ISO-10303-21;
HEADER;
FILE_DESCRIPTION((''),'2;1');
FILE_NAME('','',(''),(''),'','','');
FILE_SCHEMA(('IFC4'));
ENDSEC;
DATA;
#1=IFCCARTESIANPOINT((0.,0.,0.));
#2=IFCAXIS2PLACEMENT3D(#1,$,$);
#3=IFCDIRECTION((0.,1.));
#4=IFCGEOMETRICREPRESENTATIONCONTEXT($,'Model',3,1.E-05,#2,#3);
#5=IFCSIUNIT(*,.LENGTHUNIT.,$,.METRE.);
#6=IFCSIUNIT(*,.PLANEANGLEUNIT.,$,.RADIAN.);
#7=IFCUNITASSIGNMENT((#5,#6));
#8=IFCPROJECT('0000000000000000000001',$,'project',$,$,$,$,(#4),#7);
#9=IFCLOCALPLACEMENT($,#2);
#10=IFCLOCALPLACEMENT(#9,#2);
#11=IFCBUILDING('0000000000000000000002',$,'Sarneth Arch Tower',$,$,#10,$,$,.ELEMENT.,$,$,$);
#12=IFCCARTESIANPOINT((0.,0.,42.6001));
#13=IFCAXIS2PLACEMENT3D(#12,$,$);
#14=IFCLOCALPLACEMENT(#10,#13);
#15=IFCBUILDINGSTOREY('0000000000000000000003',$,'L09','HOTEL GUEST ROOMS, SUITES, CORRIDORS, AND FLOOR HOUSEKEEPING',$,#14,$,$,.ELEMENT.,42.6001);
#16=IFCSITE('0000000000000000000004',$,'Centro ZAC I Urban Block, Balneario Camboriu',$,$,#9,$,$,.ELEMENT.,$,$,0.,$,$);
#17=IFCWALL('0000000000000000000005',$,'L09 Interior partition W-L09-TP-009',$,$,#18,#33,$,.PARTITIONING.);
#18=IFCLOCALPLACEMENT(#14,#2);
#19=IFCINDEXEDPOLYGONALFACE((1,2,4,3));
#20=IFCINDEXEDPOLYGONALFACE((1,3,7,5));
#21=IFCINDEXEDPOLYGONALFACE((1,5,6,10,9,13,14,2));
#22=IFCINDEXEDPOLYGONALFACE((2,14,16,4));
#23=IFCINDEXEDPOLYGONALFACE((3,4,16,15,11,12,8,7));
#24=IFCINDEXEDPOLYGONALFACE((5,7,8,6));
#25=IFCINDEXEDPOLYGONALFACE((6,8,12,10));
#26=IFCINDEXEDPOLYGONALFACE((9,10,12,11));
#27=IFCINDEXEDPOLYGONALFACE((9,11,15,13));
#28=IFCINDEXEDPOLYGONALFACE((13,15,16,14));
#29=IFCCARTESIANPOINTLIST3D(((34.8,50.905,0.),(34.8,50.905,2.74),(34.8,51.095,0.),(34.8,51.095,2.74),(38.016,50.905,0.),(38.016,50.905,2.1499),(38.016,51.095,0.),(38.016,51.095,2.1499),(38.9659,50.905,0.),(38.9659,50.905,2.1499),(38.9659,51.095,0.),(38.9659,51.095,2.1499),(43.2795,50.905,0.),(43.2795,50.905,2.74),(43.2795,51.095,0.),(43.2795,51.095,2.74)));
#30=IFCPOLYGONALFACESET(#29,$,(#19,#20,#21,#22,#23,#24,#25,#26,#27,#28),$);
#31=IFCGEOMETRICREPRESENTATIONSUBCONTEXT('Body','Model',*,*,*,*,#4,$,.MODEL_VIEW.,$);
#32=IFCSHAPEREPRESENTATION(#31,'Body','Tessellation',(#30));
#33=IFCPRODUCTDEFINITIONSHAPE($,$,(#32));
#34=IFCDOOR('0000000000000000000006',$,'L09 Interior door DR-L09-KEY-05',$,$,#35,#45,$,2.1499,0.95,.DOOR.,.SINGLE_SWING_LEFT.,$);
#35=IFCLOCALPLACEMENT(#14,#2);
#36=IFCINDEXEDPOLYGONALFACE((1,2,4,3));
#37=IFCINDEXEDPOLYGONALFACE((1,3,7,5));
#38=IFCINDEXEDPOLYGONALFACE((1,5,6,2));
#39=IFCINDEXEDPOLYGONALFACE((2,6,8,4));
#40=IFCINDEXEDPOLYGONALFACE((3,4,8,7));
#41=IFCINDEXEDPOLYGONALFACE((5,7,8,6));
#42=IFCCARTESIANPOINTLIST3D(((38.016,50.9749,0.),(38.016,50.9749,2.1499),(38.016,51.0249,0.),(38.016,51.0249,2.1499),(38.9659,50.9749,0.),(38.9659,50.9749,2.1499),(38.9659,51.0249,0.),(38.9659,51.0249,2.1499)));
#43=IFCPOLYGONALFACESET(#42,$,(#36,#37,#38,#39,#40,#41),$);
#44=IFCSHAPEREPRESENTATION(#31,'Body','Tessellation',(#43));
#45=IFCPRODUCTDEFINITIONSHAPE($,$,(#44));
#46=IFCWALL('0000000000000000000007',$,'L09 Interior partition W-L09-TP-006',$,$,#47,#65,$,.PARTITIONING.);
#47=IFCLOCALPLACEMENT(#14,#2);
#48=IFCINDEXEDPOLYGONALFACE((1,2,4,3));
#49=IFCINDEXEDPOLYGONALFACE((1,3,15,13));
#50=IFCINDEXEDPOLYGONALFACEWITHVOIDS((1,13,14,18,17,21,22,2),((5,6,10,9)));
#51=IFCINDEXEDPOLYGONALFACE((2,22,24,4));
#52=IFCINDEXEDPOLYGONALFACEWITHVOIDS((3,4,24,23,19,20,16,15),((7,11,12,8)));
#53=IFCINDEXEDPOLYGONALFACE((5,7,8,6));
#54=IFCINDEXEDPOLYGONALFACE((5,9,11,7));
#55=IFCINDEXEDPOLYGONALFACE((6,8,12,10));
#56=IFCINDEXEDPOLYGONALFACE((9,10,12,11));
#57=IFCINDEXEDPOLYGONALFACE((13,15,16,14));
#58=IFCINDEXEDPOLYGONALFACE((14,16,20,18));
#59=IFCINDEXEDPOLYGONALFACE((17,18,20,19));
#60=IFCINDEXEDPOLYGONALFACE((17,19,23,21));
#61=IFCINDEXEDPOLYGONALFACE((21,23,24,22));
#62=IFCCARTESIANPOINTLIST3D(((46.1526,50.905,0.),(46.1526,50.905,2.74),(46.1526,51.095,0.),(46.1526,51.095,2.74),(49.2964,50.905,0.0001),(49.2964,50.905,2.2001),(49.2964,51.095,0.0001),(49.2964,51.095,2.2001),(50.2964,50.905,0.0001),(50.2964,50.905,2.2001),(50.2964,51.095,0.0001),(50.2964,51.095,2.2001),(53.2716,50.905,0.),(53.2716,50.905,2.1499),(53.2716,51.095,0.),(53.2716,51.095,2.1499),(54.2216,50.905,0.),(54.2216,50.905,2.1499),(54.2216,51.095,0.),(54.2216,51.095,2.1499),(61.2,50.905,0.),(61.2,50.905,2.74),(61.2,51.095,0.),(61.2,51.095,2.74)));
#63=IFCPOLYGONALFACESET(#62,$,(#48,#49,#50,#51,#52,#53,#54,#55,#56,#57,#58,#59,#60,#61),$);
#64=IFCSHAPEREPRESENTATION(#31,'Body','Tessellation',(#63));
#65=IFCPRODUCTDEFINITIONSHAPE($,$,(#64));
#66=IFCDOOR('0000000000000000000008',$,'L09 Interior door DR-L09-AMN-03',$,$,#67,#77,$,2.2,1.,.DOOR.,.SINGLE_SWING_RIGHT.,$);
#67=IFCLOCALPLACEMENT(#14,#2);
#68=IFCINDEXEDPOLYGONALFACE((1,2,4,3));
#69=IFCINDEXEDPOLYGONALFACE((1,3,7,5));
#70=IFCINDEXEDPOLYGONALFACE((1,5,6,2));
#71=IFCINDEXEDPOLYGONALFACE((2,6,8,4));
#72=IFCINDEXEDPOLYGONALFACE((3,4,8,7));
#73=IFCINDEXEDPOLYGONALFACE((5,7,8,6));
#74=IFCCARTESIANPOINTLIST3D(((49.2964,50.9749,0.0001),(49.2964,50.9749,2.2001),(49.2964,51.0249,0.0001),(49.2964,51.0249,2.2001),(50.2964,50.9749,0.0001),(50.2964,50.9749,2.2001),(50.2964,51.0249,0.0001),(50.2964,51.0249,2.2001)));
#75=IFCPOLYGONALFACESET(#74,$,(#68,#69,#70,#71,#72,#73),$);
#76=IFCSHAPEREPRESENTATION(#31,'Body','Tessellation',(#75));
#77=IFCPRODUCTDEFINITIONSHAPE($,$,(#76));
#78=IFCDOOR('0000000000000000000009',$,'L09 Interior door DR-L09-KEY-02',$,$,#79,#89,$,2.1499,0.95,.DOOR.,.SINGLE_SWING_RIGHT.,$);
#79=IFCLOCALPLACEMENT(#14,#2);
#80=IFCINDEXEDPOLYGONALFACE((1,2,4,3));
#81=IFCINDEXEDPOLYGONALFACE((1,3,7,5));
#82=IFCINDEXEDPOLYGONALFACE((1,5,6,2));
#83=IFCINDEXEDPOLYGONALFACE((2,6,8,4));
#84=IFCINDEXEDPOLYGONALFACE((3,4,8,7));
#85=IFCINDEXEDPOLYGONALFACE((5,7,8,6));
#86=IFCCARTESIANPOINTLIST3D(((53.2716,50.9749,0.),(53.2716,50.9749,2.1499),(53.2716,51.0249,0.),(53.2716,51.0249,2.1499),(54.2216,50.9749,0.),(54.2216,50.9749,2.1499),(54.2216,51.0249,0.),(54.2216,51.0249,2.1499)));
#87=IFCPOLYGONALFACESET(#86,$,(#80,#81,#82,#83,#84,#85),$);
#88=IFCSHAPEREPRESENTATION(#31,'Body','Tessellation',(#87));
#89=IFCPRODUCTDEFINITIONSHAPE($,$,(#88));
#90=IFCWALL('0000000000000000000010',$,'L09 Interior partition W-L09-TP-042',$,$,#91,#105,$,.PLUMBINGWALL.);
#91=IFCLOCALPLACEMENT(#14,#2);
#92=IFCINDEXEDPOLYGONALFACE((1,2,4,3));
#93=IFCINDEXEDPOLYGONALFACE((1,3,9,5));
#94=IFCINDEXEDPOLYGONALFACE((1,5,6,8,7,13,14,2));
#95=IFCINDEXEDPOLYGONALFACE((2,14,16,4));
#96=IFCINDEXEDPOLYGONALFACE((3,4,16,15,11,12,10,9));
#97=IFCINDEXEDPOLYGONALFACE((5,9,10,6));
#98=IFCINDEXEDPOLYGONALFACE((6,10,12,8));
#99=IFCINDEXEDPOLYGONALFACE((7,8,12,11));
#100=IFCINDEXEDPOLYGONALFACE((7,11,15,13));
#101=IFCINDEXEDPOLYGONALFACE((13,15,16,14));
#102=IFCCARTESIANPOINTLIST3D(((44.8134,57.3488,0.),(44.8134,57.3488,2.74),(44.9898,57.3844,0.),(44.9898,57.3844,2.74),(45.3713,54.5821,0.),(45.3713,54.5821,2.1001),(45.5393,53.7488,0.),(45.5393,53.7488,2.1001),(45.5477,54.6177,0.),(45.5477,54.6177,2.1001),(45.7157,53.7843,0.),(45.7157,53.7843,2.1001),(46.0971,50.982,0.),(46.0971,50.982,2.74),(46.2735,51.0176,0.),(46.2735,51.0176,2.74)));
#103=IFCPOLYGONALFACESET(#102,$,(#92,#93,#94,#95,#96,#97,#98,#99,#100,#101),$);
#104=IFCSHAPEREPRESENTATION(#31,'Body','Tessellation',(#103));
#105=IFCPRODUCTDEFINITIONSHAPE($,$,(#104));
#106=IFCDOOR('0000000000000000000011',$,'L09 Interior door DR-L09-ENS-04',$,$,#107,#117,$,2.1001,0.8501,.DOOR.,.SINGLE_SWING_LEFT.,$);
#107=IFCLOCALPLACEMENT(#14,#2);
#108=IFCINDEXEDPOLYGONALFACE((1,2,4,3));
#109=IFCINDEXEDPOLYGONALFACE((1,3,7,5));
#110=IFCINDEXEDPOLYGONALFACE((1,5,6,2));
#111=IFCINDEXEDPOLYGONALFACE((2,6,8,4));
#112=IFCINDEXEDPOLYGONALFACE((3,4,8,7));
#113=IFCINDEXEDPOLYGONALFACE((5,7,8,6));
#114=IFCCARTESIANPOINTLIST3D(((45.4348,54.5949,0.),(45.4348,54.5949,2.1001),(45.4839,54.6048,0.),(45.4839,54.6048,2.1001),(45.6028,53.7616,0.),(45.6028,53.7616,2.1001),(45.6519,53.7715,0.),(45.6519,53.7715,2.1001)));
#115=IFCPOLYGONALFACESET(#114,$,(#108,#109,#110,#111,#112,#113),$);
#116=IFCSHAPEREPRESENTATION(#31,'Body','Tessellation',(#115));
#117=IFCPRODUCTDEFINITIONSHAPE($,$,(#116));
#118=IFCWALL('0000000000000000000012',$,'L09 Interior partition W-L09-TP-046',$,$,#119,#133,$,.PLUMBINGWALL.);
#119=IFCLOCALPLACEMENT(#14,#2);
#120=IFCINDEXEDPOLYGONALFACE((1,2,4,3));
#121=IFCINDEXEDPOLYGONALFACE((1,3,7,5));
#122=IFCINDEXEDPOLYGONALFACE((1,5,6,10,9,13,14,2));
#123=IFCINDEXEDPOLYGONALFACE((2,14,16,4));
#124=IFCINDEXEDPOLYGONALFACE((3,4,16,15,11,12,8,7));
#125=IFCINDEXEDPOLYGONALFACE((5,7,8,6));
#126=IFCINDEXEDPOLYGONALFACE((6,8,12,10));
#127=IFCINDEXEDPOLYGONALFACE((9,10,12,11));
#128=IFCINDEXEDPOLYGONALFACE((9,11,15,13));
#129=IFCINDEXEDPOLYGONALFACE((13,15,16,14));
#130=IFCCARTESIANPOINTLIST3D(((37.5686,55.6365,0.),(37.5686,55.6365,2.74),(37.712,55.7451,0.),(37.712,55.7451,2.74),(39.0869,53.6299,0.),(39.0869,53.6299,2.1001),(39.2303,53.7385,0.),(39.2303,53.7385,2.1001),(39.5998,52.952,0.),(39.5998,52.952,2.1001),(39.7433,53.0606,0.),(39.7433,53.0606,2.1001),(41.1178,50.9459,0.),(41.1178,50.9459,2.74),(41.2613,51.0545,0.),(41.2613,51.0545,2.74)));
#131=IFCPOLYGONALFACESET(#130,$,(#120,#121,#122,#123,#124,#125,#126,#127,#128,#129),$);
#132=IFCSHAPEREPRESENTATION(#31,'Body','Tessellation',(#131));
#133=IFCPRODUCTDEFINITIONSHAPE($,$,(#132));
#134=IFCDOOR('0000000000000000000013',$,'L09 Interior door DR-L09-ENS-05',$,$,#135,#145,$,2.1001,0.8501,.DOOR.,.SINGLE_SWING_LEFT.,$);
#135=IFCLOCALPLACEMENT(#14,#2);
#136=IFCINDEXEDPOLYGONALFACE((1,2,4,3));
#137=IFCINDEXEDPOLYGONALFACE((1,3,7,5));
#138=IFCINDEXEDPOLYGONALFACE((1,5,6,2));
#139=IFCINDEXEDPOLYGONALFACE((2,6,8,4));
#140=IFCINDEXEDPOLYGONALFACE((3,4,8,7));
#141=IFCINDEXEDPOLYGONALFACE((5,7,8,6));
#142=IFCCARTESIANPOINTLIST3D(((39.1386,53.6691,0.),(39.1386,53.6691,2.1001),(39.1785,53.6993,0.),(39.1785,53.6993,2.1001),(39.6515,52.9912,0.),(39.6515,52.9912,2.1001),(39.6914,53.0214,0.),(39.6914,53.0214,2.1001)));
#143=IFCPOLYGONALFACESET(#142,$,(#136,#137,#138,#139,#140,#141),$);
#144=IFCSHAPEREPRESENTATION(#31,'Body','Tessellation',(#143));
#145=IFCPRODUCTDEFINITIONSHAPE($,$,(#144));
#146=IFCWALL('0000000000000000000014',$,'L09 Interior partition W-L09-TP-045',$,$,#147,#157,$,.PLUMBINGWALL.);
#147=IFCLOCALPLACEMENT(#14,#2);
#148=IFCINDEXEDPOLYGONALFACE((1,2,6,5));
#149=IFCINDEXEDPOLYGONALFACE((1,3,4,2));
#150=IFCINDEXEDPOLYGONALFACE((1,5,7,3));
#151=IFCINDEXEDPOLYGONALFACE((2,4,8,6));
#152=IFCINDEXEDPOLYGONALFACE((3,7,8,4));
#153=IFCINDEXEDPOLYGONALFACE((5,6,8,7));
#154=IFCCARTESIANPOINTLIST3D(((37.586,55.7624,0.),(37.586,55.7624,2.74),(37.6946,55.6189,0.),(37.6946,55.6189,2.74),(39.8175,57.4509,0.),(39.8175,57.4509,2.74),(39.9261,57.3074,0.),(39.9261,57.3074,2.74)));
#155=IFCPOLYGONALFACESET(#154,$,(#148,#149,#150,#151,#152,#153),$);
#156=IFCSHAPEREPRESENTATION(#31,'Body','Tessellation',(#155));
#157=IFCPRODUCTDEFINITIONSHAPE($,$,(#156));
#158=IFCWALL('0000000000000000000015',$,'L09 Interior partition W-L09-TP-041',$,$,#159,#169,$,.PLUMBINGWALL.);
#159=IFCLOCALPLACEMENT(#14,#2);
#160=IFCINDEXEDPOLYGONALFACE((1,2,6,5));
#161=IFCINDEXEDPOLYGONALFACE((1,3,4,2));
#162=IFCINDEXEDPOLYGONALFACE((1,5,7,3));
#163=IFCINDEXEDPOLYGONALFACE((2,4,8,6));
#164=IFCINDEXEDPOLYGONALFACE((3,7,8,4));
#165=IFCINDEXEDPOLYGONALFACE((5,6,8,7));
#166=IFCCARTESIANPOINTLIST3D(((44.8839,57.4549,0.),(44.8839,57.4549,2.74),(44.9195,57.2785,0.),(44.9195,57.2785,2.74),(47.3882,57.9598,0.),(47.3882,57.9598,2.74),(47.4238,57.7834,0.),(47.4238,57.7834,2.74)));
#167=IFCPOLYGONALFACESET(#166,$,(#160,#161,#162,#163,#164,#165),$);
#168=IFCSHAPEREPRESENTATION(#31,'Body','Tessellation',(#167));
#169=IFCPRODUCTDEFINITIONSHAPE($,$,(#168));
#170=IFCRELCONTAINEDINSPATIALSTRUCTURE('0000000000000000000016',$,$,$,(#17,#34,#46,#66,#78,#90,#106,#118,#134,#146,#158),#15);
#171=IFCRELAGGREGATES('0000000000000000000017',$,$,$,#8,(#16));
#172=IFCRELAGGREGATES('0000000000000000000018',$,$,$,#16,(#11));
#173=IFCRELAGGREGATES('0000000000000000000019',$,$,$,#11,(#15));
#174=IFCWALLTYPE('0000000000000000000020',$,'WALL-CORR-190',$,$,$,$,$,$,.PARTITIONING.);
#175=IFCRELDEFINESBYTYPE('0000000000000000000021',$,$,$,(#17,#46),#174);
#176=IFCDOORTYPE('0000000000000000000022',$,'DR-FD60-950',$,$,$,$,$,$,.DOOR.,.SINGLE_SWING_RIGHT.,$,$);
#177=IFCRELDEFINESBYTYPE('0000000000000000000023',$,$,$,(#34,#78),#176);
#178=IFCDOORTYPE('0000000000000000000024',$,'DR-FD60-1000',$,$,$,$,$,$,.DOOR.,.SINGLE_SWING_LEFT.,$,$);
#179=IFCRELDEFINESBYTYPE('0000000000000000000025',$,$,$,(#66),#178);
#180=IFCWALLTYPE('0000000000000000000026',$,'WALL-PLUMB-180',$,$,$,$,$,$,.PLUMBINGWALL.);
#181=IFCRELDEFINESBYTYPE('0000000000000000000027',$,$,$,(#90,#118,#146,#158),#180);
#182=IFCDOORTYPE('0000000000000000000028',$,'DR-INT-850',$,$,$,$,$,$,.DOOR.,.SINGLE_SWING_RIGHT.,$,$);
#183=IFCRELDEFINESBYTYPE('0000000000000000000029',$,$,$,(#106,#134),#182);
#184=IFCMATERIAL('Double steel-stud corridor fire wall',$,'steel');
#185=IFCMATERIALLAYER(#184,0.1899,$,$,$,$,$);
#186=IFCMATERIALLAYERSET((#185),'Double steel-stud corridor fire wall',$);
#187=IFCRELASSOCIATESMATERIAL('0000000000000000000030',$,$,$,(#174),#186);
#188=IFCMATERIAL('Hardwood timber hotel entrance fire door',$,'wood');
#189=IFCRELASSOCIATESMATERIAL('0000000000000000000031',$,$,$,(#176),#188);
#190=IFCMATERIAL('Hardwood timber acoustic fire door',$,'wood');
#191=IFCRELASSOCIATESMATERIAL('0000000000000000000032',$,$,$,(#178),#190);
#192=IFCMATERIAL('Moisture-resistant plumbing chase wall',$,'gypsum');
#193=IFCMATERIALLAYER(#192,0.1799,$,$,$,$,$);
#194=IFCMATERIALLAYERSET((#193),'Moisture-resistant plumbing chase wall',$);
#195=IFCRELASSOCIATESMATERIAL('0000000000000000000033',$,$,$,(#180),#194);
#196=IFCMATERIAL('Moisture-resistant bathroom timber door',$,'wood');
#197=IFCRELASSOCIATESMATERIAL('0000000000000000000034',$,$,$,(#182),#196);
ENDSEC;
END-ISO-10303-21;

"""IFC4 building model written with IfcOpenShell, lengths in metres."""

from ifc_helpers import new_model, si_unit, direction, frame, frame_2d, origin, place, context, subcontext, project, spatial, rectangle, extrude, material, layer, layer_set, type_object, element, fill, save


model = new_model("IFC4")

# Units and contexts
model_context = context("Model", 3, precision=1e-05, world=origin(), true_north=direction((0.0, 1.0)))
body_context = subcontext(model_context, "Body", "Model", "MODEL_VIEW")
ifc_project = project(units=[si_unit("LENGTHUNIT", "METRE"), si_unit("PLANEANGLEUNIT", "RADIAN")], contexts=[model_context])

# Site, building, storey
site_placement = place(None, origin())
site = spatial("IfcSite", under=ifc_project, at=site_placement, Name="Centro ZAC I Urban Block, Balneario Camboriu", CompositionType="ELEMENT", RefElevation=0.0)
building_placement = place(site_placement, origin())
building = spatial("IfcBuilding", under=site, at=building_placement, Name="Sarneth Arch Tower", CompositionType="ELEMENT")
storey_placement = place(building_placement, frame((0.0, 0.0, 42.6001)))
storey = spatial("IfcBuildingStorey", under=building, at=storey_placement, Name="L09", Description="HOTEL GUEST ROOMS, SUITES, CORRIDORS, AND FLOOR HOUSEKEEPING", CompositionType="ELEMENT", Elevation=42.6001)

# Wall, opening, door
ifc_material_1 = material(Name="Double steel-stud corridor fire wall", Category="steel")
ifc_layer_1 = layer(ifc_material_1, 0.1899)
ifc_layer_set_1 = layer_set([ifc_layer_1], Name="Double steel-stud corridor fire wall")
wall_type_1 = type_object("IfcWallType", Name="WALL-CORR-190", PredefinedType="PARTITIONING", material=ifc_layer_set_1)
wall_1_placement = place(storey_placement, frame((34.8, 51.0, 0.0), z_axis=(0.0, 0.0, 1.0), x_axis=(1.0, 0.0, 0.0)))
wall_1 = element("IfcWall", 1, at=wall_1_placement, inside=storey, type_object=wall_type_1, Name="L09 Interior partition W-L09-TP-009", PredefinedType="PARTITIONING", context=body_context, shape_type="SweptSolid", body=[
    extrude(rectangle(XDim=8.4795, YDim=0.1899, at=frame_2d((4.2397, 0.0))), origin(), (0.0, 0.0, 1.0), 2.74),
])
opening_1_placement = place(wall_1_placement, frame((3.2158, 0.0, 0.0)))
opening_1 = element("IfcOpeningElement", 2, at=opening_1_placement, cuts=wall_1, PredefinedType="OPENING", context=body_context, shape_type="SweptSolid", body=[
    extrude(rectangle(XDim=0.95, YDim=2.1499, at=frame_2d((0.4751, 1.075))), frame((0.0, 0.105, 0.0), z_axis=(0.0, -1.0, 0.0), x_axis=(1.0, 0.0, 0.0)), (0.0, 0.0, 1.0), 0.21),
])
ifc_material_2 = material(Name="Hardwood timber hotel entrance fire door", Category="wood")
door_type_1 = type_object("IfcDoorType", Name="DR-FD60-950", OperationType="SINGLE_SWING_RIGHT", PredefinedType="DOOR", material=ifc_material_2)
door_1_placement = place(opening_1_placement, origin())
door_1 = element("IfcDoor", 3, at=door_1_placement, inside=storey, type_object=door_type_1, Name="L09 Interior door DR-L09-KEY-05", OperationType="SINGLE_SWING_LEFT", OverallHeight=2.1499, OverallWidth=0.95, PredefinedType="DOOR", context=body_context, shape_type="SweptSolid", body=[
    extrude(rectangle(XDim=0.95, YDim=2.1499, at=frame_2d((0.4751, 1.075))), frame((0.0, 0.0249, 0.0), z_axis=(0.0, -1.0, 0.0), x_axis=(1.0, 0.0, 0.0)), (0.0, 0.0, 1.0), 0.05),
])
fill(opening_1, door_1)

# Wall, openings, doors
wall_2_placement = place(storey_placement, frame((46.1526, 51.0, 0.0), z_axis=(0.0, 0.0, 1.0), x_axis=(1.0, 0.0, 0.0)))
wall_2 = element("IfcWall", 4, at=wall_2_placement, inside=storey, type_object=wall_type_1, Name="L09 Interior partition W-L09-TP-006", PredefinedType="PARTITIONING", context=body_context, shape_type="SweptSolid", body=[
    extrude(rectangle(XDim=15.0474, YDim=0.1899, at=frame_2d((7.5237, 0.0))), origin(), (0.0, 0.0, 1.0), 2.74),
])
opening_2_placement = place(wall_2_placement, frame((3.1438, 0.0, 0.0)))
opening_2 = element("IfcOpeningElement", 5, at=opening_2_placement, cuts=wall_2, PredefinedType="OPENING", context=body_context, shape_type="SweptSolid", body=[
    extrude(rectangle(XDim=1.0, YDim=2.2, at=frame_2d((0.5, 1.1001))), frame((0.0, 0.105, 0.0), z_axis=(0.0, -1.0, 0.0), x_axis=(1.0, 0.0, 0.0)), (0.0, 0.0, 1.0), 0.21),
])
opening_3_placement = place(wall_2_placement, frame((7.1189, 0.0, 0.0)))
opening_3 = element("IfcOpeningElement", 6, at=opening_3_placement, cuts=wall_2, PredefinedType="OPENING", context=body_context, shape_type="SweptSolid", body=[
    extrude(rectangle(XDim=0.95, YDim=2.1499, at=frame_2d((0.4751, 1.075))), frame((0.0, 0.105, 0.0), z_axis=(0.0, -1.0, 0.0), x_axis=(1.0, 0.0, 0.0)), (0.0, 0.0, 1.0), 0.21),
])
ifc_material_3 = material(Name="Hardwood timber acoustic fire door", Category="wood")
door_type_2 = type_object("IfcDoorType", Name="DR-FD60-1000", OperationType="SINGLE_SWING_LEFT", PredefinedType="DOOR", material=ifc_material_3)
door_2_placement = place(opening_2_placement, origin())
door_2 = element("IfcDoor", 7, at=door_2_placement, inside=storey, type_object=door_type_2, Name="L09 Interior door DR-L09-AMN-03", OperationType="SINGLE_SWING_RIGHT", OverallHeight=2.2, OverallWidth=1.0, PredefinedType="DOOR", context=body_context, shape_type="SweptSolid", body=[
    extrude(rectangle(XDim=1.0, YDim=2.2, at=frame_2d((0.5, 1.1001))), frame((0.0, 0.0249, 0.0), z_axis=(0.0, -1.0, 0.0), x_axis=(1.0, 0.0, 0.0)), (0.0, 0.0, 1.0), 0.05),
])
fill(opening_2, door_2)
door_3_placement = place(opening_3_placement, origin())
door_3 = element("IfcDoor", 8, at=door_3_placement, inside=storey, type_object=door_type_1, Name="L09 Interior door DR-L09-KEY-02", OperationType="SINGLE_SWING_RIGHT", OverallHeight=2.1499, OverallWidth=0.95, PredefinedType="DOOR", context=body_context, shape_type="SweptSolid", body=[
    extrude(rectangle(XDim=0.95, YDim=2.1499, at=frame_2d((0.4751, 1.075))), frame((0.0, 0.0249, 0.0), z_axis=(0.0, -1.0, 0.0), x_axis=(1.0, 0.0, 0.0)), (0.0, 0.0, 1.0), 0.05),
])
fill(opening_3, door_3)

# Walls, openings, doors
ifc_material_4 = material(Name="Moisture-resistant plumbing chase wall", Category="gypsum")
ifc_layer_2 = layer(ifc_material_4, 0.1799)
ifc_layer_set_2 = layer_set([ifc_layer_2], Name="Moisture-resistant plumbing chase wall")
wall_type_2 = type_object("IfcWallType", Name="WALL-PLUMB-180", PredefinedType="PLUMBINGWALL", material=ifc_layer_set_2)
wall_3_placement = place(storey_placement, frame((44.9016, 57.3667, 0.0), z_axis=(0.0, 0.0, 1.0), x_axis=(0.197648, -0.980273, 0.0)))
wall_3 = element("IfcWall", 9, at=wall_3_placement, inside=storey, type_object=wall_type_2, Name="L09 Interior partition W-L09-TP-042", PredefinedType="PLUMBINGWALL", context=body_context, shape_type="SweptSolid", body=[
    extrude(rectangle(XDim=6.4949, YDim=0.1799, at=frame_2d((3.2476, 0.0))), origin(), (0.0, 0.0, 1.0), 2.74),
])
opening_4_placement = place(wall_3_placement, frame((2.8225, 0.0, 0.0)))
opening_4 = element("IfcOpeningElement", 10, at=opening_4_placement, cuts=wall_3, PredefinedType="OPENING", context=body_context, shape_type="SweptSolid", body=[
    extrude(rectangle(XDim=0.8501, YDim=2.1001, at=frame_2d((0.425, 1.05))), frame((0.0, 0.0999, 0.0), z_axis=(0.0, -1.0, 0.0), x_axis=(1.0, 0.0, 0.0)), (0.0, 0.0, 1.0), 0.2),
])
ifc_material_5 = material(Name="Moisture-resistant bathroom timber door", Category="wood")
door_type_3 = type_object("IfcDoorType", Name="DR-INT-850", OperationType="SINGLE_SWING_RIGHT", PredefinedType="DOOR", material=ifc_material_5)
door_4_placement = place(opening_4_placement, origin())
door_4 = element("IfcDoor", 11, at=door_4_placement, inside=storey, type_object=door_type_3, Name="L09 Interior door DR-L09-ENS-04", OperationType="SINGLE_SWING_LEFT", OverallHeight=2.1001, OverallWidth=0.8501, PredefinedType="DOOR", context=body_context, shape_type="SweptSolid", body=[
    extrude(rectangle(XDim=0.8501, YDim=2.1001, at=frame_2d((0.425, 1.05))), frame((0.0, 0.0249, 0.0), z_axis=(0.0, -1.0, 0.0), x_axis=(1.0, 0.0, 0.0)), (0.0, 0.0, 1.0), 0.05),
])
fill(opening_4, door_4)
wall_4_placement = place(storey_placement, frame((37.6404, 55.6907, 0.0), z_axis=(0.0, 0.0, 1.0), x_axis=(0.603401, -0.797438, 0.0)))
wall_4 = element("IfcWall", 12, at=wall_4_placement, inside=storey, type_object=wall_type_2, Name="L09 Interior partition W-L09-TP-046", PredefinedType="PLUMBINGWALL", context=body_context, shape_type="SweptSolid", body=[
    extrude(rectangle(XDim=5.8821, YDim=0.1799, at=frame_2d((2.9409, 0.0))), origin(), (0.0, 0.0, 1.0), 2.74),
])
opening_5_placement = place(wall_4_placement, frame((2.5161, 0.0, 0.0)))
opening_5 = element("IfcOpeningElement", 13, at=opening_5_placement, cuts=wall_4, PredefinedType="OPENING", context=body_context, shape_type="SweptSolid", body=[
    extrude(rectangle(XDim=0.8501, YDim=2.1001, at=frame_2d((0.425, 1.05))), frame((0.0, 0.0999, 0.0), z_axis=(0.0, -1.0, 0.0), x_axis=(1.0, 0.0, 0.0)), (0.0, 0.0, 1.0), 0.2),
])
door_5_placement = place(opening_5_placement, origin())
door_5 = element("IfcDoor", 14, at=door_5_placement, inside=storey, type_object=door_type_3, Name="L09 Interior door DR-L09-ENS-05", OperationType="SINGLE_SWING_LEFT", OverallHeight=2.1001, OverallWidth=0.8501, PredefinedType="DOOR", context=body_context, shape_type="SweptSolid", body=[
    extrude(rectangle(XDim=0.8501, YDim=2.1001, at=frame_2d((0.425, 1.05))), frame((0.0, 0.0249, 0.0), z_axis=(0.0, -1.0, 0.0), x_axis=(1.0, 0.0, 0.0)), (0.0, 0.0, 1.0), 0.05),
])
fill(opening_5, door_5)

# Walls
wall_5_placement = place(storey_placement, frame((39.8718, 57.3792, 0.0), z_axis=(0.0, 0.0, 1.0), x_axis=(-0.797438, -0.603401, 0.0)))
element("IfcWall", 15, at=wall_5_placement, inside=storey, type_object=wall_type_2, Name="L09 Interior partition W-L09-TP-045", PredefinedType="PLUMBINGWALL", context=body_context, shape_type="SweptSolid", body=[
    extrude(rectangle(XDim=2.7983, YDim=0.1799, at=frame_2d((1.3992, 0.0))), origin(), (0.0, 0.0, 1.0), 2.74),
])
wall_6_placement = place(storey_placement, frame((47.406, 57.8716, 0.0), z_axis=(0.0, 0.0, 1.0), x_axis=(-0.980278, -0.197623, 0.0)))
element("IfcWall", 16, at=wall_6_placement, inside=storey, type_object=wall_type_2, Name="L09 Interior partition W-L09-TP-041", PredefinedType="PLUMBINGWALL", context=body_context, shape_type="SweptSolid", body=[
    extrude(rectangle(XDim=2.5547, YDim=0.1799, at=frame_2d((1.2773, 0.0))), origin(), (0.0, 0.0, 1.0), 2.74),
])

save(model, "model.ifc")
